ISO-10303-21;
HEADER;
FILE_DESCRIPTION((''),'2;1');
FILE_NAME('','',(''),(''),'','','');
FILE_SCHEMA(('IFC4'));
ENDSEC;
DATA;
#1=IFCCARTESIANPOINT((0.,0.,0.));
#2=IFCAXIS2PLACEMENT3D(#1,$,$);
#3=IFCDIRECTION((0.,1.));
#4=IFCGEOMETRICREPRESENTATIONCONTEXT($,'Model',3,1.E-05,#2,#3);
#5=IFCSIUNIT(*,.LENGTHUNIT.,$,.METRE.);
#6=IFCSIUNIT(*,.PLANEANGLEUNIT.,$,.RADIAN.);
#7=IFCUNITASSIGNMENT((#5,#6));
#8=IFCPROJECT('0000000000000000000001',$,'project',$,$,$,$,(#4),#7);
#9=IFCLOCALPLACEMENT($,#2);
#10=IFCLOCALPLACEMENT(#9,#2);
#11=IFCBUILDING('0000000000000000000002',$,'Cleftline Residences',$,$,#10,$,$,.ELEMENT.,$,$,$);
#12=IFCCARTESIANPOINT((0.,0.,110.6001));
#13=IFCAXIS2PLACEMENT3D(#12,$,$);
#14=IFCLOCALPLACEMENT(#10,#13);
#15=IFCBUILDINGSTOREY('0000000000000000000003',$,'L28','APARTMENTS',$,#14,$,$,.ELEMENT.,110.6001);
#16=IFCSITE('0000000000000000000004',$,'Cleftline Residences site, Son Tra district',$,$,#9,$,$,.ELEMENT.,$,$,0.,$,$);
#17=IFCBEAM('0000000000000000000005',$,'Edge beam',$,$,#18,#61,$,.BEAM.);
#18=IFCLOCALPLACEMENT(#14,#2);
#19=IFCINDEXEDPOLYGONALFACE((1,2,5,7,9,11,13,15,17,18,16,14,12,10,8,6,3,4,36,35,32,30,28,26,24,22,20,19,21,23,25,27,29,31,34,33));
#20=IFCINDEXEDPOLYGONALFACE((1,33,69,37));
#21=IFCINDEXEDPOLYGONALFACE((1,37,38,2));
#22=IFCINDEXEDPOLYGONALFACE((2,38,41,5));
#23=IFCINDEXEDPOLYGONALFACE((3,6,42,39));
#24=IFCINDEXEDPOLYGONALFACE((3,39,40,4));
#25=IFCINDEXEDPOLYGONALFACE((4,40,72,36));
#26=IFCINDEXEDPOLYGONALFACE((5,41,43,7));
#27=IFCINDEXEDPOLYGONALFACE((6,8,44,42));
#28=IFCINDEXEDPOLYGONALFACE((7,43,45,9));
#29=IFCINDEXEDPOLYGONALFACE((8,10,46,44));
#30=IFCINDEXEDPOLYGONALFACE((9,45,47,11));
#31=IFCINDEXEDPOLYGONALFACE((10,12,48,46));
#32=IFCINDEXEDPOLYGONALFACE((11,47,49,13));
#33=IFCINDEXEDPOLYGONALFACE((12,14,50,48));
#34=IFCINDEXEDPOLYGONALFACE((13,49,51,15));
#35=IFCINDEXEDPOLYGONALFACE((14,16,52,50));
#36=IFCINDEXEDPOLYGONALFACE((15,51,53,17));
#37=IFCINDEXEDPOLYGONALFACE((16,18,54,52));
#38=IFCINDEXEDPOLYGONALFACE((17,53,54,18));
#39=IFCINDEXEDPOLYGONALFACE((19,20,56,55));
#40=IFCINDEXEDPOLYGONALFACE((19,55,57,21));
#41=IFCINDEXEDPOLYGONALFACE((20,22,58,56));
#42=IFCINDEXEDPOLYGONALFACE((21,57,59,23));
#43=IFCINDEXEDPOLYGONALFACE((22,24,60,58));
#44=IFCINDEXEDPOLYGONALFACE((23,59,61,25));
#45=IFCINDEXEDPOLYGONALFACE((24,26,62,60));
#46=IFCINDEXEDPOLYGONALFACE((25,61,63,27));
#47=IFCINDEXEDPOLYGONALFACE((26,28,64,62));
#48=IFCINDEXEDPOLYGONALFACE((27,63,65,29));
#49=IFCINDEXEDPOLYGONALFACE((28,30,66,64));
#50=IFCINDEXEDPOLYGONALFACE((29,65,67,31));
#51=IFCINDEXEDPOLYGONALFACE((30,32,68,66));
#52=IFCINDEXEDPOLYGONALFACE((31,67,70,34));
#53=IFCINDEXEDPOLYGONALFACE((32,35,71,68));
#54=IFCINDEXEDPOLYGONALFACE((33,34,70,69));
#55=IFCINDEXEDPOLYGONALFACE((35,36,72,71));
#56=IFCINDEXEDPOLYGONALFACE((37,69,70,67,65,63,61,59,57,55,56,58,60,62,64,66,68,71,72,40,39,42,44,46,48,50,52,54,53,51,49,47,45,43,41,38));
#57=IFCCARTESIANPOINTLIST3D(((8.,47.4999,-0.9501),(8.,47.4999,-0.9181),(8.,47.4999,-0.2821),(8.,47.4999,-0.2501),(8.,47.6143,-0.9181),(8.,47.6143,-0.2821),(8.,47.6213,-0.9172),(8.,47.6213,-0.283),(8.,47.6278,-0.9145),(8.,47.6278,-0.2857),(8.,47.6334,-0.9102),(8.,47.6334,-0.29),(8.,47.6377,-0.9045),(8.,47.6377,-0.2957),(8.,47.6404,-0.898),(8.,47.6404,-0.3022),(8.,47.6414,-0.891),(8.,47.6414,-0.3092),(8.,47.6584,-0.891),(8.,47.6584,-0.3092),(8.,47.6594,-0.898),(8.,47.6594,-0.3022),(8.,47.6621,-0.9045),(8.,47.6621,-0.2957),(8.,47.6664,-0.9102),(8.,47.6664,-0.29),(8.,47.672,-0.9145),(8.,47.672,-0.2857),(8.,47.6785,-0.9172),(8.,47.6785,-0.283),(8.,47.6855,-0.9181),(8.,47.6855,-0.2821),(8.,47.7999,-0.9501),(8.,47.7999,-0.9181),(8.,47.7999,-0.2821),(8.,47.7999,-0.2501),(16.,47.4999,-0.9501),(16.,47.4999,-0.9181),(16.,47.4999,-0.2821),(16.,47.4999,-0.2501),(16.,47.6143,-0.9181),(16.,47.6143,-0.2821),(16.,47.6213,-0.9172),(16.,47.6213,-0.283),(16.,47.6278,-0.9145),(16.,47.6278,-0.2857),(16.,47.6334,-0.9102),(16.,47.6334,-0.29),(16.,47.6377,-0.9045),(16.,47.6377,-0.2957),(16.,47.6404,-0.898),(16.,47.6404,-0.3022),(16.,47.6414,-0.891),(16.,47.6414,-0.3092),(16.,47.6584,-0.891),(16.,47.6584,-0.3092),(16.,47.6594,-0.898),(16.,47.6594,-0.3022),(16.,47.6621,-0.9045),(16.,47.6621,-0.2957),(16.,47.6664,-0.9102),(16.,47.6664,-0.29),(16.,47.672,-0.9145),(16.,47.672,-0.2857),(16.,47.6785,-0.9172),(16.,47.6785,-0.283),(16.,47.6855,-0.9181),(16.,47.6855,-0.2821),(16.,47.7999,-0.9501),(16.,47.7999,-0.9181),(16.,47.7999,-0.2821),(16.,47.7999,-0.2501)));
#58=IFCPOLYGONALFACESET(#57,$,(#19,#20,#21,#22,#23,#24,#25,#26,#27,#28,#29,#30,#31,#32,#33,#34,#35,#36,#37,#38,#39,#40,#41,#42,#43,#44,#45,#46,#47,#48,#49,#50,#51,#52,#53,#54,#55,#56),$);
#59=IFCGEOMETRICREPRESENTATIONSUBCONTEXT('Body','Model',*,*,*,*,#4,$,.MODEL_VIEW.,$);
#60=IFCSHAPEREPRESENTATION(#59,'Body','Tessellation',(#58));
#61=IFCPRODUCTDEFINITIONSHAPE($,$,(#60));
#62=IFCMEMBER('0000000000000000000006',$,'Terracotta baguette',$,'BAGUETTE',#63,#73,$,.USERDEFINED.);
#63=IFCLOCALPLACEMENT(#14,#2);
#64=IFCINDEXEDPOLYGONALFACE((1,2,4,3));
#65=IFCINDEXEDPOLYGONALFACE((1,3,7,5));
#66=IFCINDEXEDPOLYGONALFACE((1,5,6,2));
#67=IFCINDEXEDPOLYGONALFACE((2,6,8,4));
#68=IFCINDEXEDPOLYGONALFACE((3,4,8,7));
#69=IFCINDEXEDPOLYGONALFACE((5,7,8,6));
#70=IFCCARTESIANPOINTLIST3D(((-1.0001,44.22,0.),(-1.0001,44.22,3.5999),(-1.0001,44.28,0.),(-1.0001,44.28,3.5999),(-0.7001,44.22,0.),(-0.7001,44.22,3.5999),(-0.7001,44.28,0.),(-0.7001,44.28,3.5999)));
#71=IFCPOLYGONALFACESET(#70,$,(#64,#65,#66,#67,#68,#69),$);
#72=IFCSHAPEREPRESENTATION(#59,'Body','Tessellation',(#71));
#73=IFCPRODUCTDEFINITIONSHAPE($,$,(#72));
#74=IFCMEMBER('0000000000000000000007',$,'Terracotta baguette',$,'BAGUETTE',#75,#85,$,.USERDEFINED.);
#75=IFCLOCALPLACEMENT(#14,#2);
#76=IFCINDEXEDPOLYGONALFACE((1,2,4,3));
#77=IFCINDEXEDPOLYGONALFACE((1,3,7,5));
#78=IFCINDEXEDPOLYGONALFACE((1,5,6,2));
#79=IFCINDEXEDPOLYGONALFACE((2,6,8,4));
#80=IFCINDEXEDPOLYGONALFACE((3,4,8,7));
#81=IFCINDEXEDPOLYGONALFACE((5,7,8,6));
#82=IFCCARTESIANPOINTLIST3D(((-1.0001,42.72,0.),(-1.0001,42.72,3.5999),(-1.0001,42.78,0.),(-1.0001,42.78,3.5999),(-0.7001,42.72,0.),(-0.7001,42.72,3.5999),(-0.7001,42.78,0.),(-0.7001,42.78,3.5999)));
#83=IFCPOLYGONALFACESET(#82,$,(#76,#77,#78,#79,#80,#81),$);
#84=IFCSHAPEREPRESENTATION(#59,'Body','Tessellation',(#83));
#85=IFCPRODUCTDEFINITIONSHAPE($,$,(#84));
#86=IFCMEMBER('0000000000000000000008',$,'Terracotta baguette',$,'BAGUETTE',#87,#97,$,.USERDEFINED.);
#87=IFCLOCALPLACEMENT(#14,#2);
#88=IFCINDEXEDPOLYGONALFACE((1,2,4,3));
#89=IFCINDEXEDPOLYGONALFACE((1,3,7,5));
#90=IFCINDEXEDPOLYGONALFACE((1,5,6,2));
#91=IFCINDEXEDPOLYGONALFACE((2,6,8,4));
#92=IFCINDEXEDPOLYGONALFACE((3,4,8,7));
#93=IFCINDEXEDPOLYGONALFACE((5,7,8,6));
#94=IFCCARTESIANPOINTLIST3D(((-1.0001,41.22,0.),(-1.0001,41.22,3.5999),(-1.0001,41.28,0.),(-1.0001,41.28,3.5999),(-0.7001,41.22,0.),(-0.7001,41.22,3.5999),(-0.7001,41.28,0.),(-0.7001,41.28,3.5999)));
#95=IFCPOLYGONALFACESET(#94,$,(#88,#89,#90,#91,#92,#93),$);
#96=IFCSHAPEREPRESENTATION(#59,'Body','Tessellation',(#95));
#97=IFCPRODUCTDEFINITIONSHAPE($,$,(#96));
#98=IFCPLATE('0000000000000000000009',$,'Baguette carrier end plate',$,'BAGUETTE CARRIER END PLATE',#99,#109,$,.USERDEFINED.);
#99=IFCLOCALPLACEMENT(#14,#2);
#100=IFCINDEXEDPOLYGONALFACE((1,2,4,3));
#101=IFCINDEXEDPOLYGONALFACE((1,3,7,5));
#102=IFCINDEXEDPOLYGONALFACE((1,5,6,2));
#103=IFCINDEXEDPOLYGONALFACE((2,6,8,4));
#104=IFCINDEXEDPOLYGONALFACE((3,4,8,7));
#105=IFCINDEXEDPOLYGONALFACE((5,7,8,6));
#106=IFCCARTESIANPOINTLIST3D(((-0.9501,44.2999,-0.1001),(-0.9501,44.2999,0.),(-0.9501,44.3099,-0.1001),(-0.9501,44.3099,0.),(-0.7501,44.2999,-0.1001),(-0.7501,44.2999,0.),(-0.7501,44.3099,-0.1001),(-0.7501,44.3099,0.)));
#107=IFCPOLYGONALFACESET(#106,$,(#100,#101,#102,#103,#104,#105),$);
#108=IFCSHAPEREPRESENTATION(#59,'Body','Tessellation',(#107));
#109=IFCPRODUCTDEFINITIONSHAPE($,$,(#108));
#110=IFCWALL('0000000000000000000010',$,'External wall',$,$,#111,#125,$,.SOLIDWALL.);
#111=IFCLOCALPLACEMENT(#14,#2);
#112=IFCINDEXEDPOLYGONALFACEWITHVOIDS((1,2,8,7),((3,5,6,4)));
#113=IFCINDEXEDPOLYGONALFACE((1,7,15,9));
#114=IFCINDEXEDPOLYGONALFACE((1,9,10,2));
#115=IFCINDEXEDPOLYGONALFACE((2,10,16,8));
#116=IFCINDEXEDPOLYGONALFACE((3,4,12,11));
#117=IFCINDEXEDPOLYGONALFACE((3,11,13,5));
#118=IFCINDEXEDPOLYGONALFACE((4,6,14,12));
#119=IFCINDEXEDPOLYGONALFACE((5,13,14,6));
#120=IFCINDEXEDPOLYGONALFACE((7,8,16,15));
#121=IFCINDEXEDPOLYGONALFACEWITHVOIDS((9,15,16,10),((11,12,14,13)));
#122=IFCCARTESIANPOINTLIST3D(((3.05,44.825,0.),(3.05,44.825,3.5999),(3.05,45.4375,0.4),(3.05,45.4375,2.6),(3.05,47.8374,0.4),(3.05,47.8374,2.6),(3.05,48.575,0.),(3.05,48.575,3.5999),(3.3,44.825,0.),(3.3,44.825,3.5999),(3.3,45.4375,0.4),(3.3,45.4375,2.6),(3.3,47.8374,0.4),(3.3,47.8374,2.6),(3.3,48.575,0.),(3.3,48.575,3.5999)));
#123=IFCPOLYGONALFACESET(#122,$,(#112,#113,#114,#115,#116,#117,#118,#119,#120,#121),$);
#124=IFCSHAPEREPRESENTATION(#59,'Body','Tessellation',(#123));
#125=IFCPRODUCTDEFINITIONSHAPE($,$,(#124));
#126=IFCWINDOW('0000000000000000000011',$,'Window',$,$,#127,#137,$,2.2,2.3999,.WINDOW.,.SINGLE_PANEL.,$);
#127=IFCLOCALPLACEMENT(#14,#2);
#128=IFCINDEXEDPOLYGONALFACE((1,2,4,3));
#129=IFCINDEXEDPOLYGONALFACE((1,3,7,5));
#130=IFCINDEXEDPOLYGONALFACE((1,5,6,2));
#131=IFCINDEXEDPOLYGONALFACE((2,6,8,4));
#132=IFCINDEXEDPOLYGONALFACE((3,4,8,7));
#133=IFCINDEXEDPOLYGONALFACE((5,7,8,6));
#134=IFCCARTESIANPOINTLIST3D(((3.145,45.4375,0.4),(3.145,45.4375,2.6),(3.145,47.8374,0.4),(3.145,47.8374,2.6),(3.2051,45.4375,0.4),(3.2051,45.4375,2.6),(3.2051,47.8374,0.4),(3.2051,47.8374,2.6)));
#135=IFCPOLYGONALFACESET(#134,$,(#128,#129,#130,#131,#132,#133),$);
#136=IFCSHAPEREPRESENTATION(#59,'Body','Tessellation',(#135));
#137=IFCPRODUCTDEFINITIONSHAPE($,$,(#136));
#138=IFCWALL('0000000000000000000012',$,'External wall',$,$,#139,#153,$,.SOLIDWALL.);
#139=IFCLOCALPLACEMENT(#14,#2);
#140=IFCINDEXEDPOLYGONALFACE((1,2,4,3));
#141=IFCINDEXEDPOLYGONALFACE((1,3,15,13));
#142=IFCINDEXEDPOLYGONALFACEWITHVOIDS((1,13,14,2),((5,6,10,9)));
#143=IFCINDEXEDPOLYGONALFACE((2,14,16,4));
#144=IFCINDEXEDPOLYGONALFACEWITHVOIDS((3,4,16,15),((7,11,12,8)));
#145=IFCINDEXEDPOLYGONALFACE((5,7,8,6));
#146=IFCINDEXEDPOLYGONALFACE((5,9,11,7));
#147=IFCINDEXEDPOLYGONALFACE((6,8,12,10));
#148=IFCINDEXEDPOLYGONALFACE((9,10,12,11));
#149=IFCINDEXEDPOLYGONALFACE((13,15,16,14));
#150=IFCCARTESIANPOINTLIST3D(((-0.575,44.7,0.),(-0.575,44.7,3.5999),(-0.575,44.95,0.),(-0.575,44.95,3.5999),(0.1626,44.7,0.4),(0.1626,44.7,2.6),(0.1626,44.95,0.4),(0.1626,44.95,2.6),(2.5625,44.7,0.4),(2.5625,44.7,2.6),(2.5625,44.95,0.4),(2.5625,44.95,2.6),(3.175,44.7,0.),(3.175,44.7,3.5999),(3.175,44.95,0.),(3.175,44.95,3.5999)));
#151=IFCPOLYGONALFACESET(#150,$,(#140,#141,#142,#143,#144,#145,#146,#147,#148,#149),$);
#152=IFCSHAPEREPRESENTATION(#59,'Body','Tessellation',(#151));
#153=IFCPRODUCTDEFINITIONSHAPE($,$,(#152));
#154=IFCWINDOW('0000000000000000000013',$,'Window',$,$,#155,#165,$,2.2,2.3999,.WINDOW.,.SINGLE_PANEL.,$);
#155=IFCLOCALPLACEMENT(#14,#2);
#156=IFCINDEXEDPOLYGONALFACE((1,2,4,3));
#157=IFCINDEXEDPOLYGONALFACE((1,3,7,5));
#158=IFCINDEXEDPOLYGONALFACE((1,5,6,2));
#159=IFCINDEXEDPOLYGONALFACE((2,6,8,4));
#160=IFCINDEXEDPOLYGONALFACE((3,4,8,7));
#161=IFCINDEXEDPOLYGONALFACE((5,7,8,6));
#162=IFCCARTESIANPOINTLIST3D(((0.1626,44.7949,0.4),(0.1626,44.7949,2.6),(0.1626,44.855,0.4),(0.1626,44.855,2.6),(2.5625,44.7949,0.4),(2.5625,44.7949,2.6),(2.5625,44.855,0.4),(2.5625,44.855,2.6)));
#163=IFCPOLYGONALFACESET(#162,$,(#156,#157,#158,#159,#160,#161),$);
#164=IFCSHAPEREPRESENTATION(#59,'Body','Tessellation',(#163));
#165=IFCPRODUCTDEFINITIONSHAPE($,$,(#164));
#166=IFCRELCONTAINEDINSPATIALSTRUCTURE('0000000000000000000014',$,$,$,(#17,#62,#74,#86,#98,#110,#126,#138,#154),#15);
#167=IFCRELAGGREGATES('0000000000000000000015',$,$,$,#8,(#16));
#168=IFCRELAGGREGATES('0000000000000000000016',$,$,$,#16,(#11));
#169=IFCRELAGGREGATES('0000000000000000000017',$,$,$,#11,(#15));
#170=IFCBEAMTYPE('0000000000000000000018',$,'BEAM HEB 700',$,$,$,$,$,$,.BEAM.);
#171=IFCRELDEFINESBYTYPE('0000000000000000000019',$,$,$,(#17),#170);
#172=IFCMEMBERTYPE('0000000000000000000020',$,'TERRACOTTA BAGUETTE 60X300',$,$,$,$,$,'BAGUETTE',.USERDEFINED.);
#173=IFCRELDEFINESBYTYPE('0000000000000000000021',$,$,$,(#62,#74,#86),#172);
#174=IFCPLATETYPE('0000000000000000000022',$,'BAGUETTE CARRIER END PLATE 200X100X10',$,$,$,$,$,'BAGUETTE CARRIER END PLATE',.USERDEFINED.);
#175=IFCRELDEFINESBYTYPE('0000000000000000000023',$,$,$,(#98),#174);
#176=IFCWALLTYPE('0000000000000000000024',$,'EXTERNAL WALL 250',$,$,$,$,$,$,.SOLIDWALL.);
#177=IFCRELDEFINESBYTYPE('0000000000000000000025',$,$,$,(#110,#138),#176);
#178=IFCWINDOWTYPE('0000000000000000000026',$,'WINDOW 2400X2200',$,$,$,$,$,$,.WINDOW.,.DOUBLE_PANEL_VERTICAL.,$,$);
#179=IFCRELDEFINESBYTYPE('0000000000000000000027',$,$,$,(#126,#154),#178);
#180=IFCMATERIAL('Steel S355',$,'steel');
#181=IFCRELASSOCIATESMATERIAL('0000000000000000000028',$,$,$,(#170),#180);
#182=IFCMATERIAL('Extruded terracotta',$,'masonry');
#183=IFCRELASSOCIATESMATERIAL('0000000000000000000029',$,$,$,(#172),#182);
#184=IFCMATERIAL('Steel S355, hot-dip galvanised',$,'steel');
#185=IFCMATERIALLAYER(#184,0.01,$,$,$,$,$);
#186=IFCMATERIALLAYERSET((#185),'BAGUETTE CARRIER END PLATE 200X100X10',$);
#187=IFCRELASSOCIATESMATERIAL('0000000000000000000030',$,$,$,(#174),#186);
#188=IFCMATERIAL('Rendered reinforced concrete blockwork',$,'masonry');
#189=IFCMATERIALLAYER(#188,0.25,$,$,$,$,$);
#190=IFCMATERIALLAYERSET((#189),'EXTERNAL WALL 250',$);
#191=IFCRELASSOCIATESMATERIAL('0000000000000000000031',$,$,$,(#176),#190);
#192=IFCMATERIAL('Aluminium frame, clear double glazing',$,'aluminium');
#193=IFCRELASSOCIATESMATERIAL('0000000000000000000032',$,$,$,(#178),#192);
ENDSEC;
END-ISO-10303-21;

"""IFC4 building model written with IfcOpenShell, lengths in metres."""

from ifc_helpers import new_model, si_unit, direction, frame, frame_2d, origin, origin_2d, place, context, subcontext, project, spatial, rectangle, i_section, extrude, material, layer, layer_set, material_profile, profile_set, type_object, element, fill, save


model = new_model("IFC4")

# Units and contexts
model_context = context("Model", 3, precision=1e-05, world=origin(), true_north=direction((0.0, 1.0)))
body_context = subcontext(model_context, "Body", "Model", "MODEL_VIEW")
ifc_project = project(units=[si_unit("LENGTHUNIT", "METRE"), si_unit("PLANEANGLEUNIT", "RADIAN")], contexts=[model_context])

# Site, building, storey
site_placement = place(None, origin())
site = spatial("IfcSite", under=ifc_project, at=site_placement, Name="Cleftline Residences site, Son Tra district", CompositionType="ELEMENT", RefElevation=0.0)
building_placement = place(site_placement, origin())
building = spatial("IfcBuilding", under=site, at=building_placement, Name="Cleftline Residences", CompositionType="ELEMENT")
storey_placement = place(building_placement, frame((0.0, 0.0, 110.6001)))
storey = spatial("IfcBuildingStorey", under=building, at=storey_placement, Name="L28", Description="APARTMENTS", CompositionType="ELEMENT", Elevation=110.6001)

# Beam
ifc_material_1 = material(Name="Steel S355", Category="steel")
ifc_material_profile_1 = material_profile(ifc_material_1, i_section(OverallWidth=0.3, OverallDepth=0.7, WebThickness=0.0171, FlangeThickness=0.032, FilletRadius=0.0271, at=origin_2d()))
ifc_profile_set_1 = profile_set([ifc_material_profile_1], Name="Steel S355")
beam_type = type_object("IfcBeamType", Name="BEAM HEB 700", PredefinedType="BEAM", material=ifc_profile_set_1)
beam_placement = place(storey_placement, frame((8.0, 47.6499, -0.6001), z_axis=(1.0, 0.0, 0.0), x_axis=(0.0, 1.0, 0.0)))
element("IfcBeam", 1, at=beam_placement, inside=storey, type_object=beam_type, Name="Edge beam", PredefinedType="BEAM", context=body_context, shape_type="SweptSolid", body=[
    extrude(i_section(OverallWidth=0.3, OverallDepth=0.7, WebThickness=0.0171, FlangeThickness=0.032, FilletRadius=0.0271, at=origin_2d()), origin(), (0.0, 0.0, 1.0), 8.0),
])

# Members
ifc_material_2 = material(Name="Extruded terracotta", Category="masonry")
ifc_material_profile_2 = material_profile(ifc_material_2, rectangle(XDim=0.0601, YDim=0.3, at=origin_2d()))
ifc_profile_set_2 = profile_set([ifc_material_profile_2], Name="Extruded terracotta")
member_type_1 = type_object("IfcMemberType", Name="TERRACOTTA BAGUETTE 60X300", ElementType="BAGUETTE", PredefinedType="USERDEFINED", material=ifc_profile_set_2)
for number, where, z_axis, x_axis, name in (
    (2, (-0.8501, 44.25, 0.0), (0.0, 0.0, 1.0), (0.0, 1.0, 0.0), "Terracotta baguette"),
    (3, (-0.8501, 42.75, 0.0), (0.0, 0.0, 1.0), (0.0, 1.0, 0.0), "Terracotta baguette"),
    (4, (-0.8501, 41.25, 0.0), (0.0, 0.0, 1.0), (0.0, 1.0, 0.0), "Terracotta baguette"),
):
    element("IfcMember", number, at=place(storey_placement, frame(where, z_axis=z_axis, x_axis=x_axis)), inside=storey, type_object=member_type_1, Name=name, ObjectType="BAGUETTE", PredefinedType="USERDEFINED", context=body_context, shape_type="SweptSolid", body=[
        extrude(rectangle(XDim=0.0601, YDim=0.3, at=origin_2d()), origin(), (0.0, 0.0, 1.0), 3.5999),
    ])

# Plate
ifc_material_3 = material(Name="Steel S355, hot-dip galvanised", Category="steel")
ifc_layer_1 = layer(ifc_material_3, 0.01)
ifc_layer_set_1 = layer_set([ifc_layer_1], Name="BAGUETTE CARRIER END PLATE 200X100X10")
plate_type = type_object("IfcPlateType", Name="BAGUETTE CARRIER END PLATE 200X100X10", ElementType="BAGUETTE CARRIER END PLATE", PredefinedType="USERDEFINED", material=ifc_layer_set_1)
plate_placement = place(storey_placement, frame((-0.8501, 44.3049, -0.1001), z_axis=(0.0, 0.0, 1.0), x_axis=(-1.0, 0.0, 0.0)))
element("IfcPlate", 5, at=plate_placement, inside=storey, type_object=plate_type, Name="Baguette carrier end plate", ObjectType="BAGUETTE CARRIER END PLATE", PredefinedType="USERDEFINED", context=body_context, shape_type="SweptSolid", body=[
    extrude(rectangle(XDim=0.2, YDim=0.01, at=origin_2d()), origin(), (0.0, 0.0, 1.0), 0.1001),
])

# Walls, openings, windows
ifc_material_4 = material(Name="Rendered reinforced concrete blockwork", Category="masonry")
ifc_layer_2 = layer(ifc_material_4, 0.25)
ifc_layer_set_2 = layer_set([ifc_layer_2], Name="EXTERNAL WALL 250")
wall_type_1 = type_object("IfcWallType", Name="EXTERNAL WALL 250", PredefinedType="SOLIDWALL", material=ifc_layer_set_2)
wall_1_placement = place(storey_placement, frame((3.175, 48.575, 0.0), z_axis=(0.0, 0.0, 1.0), x_axis=(0.0, -1.0, 0.0)))
wall_1 = element("IfcWall", 6, at=wall_1_placement, inside=storey, type_object=wall_type_1, Name="External wall", PredefinedType="SOLIDWALL", context=body_context, shape_type="SweptSolid", body=[
    extrude(rectangle(XDim=3.75, YDim=0.25, at=frame_2d((1.875, 0.0))), origin(), (0.0, 0.0, 1.0), 3.5999),
])
opening_1_placement = place(wall_1_placement, frame((0.7375, 0.0, 0.3999)))
opening_1 = element("IfcOpeningElement", 7, at=opening_1_placement, cuts=wall_1, PredefinedType="OPENING", context=body_context, shape_type="SweptSolid", body=[
    extrude(rectangle(XDim=2.3999, YDim=2.2, at=frame_2d((1.2, 1.1001))), frame((0.0, 0.135, 0.0), z_axis=(0.0, -1.0, 0.0), x_axis=(1.0, 0.0, 0.0)), (0.0, 0.0, 1.0), 0.27),
])
ifc_material_5 = material(Name="Aluminium frame, clear double glazing", Category="aluminium")
window_type_1 = type_object("IfcWindowType", Name="WINDOW 2400X2200", PartitioningType="DOUBLE_PANEL_VERTICAL", PredefinedType="WINDOW", material=ifc_material_5)
window_1_placement = place(opening_1_placement, origin())
window_1 = element("IfcWindow", 8, at=window_1_placement, inside=storey, type_object=window_type_1, Name="Window", OverallHeight=2.2, OverallWidth=2.3999, PartitioningType="SINGLE_PANEL", PredefinedType="WINDOW", context=body_context, shape_type="SweptSolid", body=[
    extrude(rectangle(XDim=2.3999, YDim=2.2, at=frame_2d((1.2, 1.1001))), frame((0.0, 0.03, 0.0), z_axis=(0.0, -1.0, 0.0), x_axis=(1.0, 0.0, 0.0)), (0.0, 0.0, 1.0), 0.0601),
])
fill(opening_1, window_1)
wall_2_placement = place(storey_placement, frame((3.175, 44.825, 0.0), z_axis=(0.0, 0.0, 1.0), x_axis=(-1.0, 0.0, 0.0)))
wall_2 = element("IfcWall", 9, at=wall_2_placement, inside=storey, type_object=wall_type_1, Name="External wall", PredefinedType="SOLIDWALL", context=body_context, shape_type="SweptSolid", body=[
    extrude(rectangle(XDim=3.75, YDim=0.25, at=frame_2d((1.875, 0.0))), origin(), (0.0, 0.0, 1.0), 3.5999),
])
opening_2_placement = place(wall_2_placement, frame((0.6125, 0.0, 0.3999)))
opening_2 = element("IfcOpeningElement", 10, at=opening_2_placement, cuts=wall_2, PredefinedType="OPENING", context=body_context, shape_type="SweptSolid", body=[
    extrude(rectangle(XDim=2.3999, YDim=2.2, at=frame_2d((1.2, 1.1001))), frame((0.0, 0.135, 0.0), z_axis=(0.0, -1.0, 0.0), x_axis=(1.0, 0.0, 0.0)), (0.0, 0.0, 1.0), 0.27),
])
window_2_placement = place(opening_2_placement, origin())
window_2 = element("IfcWindow", 11, at=window_2_placement, inside=storey, type_object=window_type_1, Name="Window", OverallHeight=2.2, OverallWidth=2.3999, PartitioningType="SINGLE_PANEL", PredefinedType="WINDOW", context=body_context, shape_type="SweptSolid", body=[
    extrude(rectangle(XDim=2.3999, YDim=2.2, at=frame_2d((1.2, 1.1001))), frame((0.0, 0.03, 0.0), z_axis=(0.0, -1.0, 0.0), x_axis=(1.0, 0.0, 0.0)), (0.0, 0.0, 1.0), 0.0601),
])
fill(opening_2, window_2)

save(model, "model.ifc")
